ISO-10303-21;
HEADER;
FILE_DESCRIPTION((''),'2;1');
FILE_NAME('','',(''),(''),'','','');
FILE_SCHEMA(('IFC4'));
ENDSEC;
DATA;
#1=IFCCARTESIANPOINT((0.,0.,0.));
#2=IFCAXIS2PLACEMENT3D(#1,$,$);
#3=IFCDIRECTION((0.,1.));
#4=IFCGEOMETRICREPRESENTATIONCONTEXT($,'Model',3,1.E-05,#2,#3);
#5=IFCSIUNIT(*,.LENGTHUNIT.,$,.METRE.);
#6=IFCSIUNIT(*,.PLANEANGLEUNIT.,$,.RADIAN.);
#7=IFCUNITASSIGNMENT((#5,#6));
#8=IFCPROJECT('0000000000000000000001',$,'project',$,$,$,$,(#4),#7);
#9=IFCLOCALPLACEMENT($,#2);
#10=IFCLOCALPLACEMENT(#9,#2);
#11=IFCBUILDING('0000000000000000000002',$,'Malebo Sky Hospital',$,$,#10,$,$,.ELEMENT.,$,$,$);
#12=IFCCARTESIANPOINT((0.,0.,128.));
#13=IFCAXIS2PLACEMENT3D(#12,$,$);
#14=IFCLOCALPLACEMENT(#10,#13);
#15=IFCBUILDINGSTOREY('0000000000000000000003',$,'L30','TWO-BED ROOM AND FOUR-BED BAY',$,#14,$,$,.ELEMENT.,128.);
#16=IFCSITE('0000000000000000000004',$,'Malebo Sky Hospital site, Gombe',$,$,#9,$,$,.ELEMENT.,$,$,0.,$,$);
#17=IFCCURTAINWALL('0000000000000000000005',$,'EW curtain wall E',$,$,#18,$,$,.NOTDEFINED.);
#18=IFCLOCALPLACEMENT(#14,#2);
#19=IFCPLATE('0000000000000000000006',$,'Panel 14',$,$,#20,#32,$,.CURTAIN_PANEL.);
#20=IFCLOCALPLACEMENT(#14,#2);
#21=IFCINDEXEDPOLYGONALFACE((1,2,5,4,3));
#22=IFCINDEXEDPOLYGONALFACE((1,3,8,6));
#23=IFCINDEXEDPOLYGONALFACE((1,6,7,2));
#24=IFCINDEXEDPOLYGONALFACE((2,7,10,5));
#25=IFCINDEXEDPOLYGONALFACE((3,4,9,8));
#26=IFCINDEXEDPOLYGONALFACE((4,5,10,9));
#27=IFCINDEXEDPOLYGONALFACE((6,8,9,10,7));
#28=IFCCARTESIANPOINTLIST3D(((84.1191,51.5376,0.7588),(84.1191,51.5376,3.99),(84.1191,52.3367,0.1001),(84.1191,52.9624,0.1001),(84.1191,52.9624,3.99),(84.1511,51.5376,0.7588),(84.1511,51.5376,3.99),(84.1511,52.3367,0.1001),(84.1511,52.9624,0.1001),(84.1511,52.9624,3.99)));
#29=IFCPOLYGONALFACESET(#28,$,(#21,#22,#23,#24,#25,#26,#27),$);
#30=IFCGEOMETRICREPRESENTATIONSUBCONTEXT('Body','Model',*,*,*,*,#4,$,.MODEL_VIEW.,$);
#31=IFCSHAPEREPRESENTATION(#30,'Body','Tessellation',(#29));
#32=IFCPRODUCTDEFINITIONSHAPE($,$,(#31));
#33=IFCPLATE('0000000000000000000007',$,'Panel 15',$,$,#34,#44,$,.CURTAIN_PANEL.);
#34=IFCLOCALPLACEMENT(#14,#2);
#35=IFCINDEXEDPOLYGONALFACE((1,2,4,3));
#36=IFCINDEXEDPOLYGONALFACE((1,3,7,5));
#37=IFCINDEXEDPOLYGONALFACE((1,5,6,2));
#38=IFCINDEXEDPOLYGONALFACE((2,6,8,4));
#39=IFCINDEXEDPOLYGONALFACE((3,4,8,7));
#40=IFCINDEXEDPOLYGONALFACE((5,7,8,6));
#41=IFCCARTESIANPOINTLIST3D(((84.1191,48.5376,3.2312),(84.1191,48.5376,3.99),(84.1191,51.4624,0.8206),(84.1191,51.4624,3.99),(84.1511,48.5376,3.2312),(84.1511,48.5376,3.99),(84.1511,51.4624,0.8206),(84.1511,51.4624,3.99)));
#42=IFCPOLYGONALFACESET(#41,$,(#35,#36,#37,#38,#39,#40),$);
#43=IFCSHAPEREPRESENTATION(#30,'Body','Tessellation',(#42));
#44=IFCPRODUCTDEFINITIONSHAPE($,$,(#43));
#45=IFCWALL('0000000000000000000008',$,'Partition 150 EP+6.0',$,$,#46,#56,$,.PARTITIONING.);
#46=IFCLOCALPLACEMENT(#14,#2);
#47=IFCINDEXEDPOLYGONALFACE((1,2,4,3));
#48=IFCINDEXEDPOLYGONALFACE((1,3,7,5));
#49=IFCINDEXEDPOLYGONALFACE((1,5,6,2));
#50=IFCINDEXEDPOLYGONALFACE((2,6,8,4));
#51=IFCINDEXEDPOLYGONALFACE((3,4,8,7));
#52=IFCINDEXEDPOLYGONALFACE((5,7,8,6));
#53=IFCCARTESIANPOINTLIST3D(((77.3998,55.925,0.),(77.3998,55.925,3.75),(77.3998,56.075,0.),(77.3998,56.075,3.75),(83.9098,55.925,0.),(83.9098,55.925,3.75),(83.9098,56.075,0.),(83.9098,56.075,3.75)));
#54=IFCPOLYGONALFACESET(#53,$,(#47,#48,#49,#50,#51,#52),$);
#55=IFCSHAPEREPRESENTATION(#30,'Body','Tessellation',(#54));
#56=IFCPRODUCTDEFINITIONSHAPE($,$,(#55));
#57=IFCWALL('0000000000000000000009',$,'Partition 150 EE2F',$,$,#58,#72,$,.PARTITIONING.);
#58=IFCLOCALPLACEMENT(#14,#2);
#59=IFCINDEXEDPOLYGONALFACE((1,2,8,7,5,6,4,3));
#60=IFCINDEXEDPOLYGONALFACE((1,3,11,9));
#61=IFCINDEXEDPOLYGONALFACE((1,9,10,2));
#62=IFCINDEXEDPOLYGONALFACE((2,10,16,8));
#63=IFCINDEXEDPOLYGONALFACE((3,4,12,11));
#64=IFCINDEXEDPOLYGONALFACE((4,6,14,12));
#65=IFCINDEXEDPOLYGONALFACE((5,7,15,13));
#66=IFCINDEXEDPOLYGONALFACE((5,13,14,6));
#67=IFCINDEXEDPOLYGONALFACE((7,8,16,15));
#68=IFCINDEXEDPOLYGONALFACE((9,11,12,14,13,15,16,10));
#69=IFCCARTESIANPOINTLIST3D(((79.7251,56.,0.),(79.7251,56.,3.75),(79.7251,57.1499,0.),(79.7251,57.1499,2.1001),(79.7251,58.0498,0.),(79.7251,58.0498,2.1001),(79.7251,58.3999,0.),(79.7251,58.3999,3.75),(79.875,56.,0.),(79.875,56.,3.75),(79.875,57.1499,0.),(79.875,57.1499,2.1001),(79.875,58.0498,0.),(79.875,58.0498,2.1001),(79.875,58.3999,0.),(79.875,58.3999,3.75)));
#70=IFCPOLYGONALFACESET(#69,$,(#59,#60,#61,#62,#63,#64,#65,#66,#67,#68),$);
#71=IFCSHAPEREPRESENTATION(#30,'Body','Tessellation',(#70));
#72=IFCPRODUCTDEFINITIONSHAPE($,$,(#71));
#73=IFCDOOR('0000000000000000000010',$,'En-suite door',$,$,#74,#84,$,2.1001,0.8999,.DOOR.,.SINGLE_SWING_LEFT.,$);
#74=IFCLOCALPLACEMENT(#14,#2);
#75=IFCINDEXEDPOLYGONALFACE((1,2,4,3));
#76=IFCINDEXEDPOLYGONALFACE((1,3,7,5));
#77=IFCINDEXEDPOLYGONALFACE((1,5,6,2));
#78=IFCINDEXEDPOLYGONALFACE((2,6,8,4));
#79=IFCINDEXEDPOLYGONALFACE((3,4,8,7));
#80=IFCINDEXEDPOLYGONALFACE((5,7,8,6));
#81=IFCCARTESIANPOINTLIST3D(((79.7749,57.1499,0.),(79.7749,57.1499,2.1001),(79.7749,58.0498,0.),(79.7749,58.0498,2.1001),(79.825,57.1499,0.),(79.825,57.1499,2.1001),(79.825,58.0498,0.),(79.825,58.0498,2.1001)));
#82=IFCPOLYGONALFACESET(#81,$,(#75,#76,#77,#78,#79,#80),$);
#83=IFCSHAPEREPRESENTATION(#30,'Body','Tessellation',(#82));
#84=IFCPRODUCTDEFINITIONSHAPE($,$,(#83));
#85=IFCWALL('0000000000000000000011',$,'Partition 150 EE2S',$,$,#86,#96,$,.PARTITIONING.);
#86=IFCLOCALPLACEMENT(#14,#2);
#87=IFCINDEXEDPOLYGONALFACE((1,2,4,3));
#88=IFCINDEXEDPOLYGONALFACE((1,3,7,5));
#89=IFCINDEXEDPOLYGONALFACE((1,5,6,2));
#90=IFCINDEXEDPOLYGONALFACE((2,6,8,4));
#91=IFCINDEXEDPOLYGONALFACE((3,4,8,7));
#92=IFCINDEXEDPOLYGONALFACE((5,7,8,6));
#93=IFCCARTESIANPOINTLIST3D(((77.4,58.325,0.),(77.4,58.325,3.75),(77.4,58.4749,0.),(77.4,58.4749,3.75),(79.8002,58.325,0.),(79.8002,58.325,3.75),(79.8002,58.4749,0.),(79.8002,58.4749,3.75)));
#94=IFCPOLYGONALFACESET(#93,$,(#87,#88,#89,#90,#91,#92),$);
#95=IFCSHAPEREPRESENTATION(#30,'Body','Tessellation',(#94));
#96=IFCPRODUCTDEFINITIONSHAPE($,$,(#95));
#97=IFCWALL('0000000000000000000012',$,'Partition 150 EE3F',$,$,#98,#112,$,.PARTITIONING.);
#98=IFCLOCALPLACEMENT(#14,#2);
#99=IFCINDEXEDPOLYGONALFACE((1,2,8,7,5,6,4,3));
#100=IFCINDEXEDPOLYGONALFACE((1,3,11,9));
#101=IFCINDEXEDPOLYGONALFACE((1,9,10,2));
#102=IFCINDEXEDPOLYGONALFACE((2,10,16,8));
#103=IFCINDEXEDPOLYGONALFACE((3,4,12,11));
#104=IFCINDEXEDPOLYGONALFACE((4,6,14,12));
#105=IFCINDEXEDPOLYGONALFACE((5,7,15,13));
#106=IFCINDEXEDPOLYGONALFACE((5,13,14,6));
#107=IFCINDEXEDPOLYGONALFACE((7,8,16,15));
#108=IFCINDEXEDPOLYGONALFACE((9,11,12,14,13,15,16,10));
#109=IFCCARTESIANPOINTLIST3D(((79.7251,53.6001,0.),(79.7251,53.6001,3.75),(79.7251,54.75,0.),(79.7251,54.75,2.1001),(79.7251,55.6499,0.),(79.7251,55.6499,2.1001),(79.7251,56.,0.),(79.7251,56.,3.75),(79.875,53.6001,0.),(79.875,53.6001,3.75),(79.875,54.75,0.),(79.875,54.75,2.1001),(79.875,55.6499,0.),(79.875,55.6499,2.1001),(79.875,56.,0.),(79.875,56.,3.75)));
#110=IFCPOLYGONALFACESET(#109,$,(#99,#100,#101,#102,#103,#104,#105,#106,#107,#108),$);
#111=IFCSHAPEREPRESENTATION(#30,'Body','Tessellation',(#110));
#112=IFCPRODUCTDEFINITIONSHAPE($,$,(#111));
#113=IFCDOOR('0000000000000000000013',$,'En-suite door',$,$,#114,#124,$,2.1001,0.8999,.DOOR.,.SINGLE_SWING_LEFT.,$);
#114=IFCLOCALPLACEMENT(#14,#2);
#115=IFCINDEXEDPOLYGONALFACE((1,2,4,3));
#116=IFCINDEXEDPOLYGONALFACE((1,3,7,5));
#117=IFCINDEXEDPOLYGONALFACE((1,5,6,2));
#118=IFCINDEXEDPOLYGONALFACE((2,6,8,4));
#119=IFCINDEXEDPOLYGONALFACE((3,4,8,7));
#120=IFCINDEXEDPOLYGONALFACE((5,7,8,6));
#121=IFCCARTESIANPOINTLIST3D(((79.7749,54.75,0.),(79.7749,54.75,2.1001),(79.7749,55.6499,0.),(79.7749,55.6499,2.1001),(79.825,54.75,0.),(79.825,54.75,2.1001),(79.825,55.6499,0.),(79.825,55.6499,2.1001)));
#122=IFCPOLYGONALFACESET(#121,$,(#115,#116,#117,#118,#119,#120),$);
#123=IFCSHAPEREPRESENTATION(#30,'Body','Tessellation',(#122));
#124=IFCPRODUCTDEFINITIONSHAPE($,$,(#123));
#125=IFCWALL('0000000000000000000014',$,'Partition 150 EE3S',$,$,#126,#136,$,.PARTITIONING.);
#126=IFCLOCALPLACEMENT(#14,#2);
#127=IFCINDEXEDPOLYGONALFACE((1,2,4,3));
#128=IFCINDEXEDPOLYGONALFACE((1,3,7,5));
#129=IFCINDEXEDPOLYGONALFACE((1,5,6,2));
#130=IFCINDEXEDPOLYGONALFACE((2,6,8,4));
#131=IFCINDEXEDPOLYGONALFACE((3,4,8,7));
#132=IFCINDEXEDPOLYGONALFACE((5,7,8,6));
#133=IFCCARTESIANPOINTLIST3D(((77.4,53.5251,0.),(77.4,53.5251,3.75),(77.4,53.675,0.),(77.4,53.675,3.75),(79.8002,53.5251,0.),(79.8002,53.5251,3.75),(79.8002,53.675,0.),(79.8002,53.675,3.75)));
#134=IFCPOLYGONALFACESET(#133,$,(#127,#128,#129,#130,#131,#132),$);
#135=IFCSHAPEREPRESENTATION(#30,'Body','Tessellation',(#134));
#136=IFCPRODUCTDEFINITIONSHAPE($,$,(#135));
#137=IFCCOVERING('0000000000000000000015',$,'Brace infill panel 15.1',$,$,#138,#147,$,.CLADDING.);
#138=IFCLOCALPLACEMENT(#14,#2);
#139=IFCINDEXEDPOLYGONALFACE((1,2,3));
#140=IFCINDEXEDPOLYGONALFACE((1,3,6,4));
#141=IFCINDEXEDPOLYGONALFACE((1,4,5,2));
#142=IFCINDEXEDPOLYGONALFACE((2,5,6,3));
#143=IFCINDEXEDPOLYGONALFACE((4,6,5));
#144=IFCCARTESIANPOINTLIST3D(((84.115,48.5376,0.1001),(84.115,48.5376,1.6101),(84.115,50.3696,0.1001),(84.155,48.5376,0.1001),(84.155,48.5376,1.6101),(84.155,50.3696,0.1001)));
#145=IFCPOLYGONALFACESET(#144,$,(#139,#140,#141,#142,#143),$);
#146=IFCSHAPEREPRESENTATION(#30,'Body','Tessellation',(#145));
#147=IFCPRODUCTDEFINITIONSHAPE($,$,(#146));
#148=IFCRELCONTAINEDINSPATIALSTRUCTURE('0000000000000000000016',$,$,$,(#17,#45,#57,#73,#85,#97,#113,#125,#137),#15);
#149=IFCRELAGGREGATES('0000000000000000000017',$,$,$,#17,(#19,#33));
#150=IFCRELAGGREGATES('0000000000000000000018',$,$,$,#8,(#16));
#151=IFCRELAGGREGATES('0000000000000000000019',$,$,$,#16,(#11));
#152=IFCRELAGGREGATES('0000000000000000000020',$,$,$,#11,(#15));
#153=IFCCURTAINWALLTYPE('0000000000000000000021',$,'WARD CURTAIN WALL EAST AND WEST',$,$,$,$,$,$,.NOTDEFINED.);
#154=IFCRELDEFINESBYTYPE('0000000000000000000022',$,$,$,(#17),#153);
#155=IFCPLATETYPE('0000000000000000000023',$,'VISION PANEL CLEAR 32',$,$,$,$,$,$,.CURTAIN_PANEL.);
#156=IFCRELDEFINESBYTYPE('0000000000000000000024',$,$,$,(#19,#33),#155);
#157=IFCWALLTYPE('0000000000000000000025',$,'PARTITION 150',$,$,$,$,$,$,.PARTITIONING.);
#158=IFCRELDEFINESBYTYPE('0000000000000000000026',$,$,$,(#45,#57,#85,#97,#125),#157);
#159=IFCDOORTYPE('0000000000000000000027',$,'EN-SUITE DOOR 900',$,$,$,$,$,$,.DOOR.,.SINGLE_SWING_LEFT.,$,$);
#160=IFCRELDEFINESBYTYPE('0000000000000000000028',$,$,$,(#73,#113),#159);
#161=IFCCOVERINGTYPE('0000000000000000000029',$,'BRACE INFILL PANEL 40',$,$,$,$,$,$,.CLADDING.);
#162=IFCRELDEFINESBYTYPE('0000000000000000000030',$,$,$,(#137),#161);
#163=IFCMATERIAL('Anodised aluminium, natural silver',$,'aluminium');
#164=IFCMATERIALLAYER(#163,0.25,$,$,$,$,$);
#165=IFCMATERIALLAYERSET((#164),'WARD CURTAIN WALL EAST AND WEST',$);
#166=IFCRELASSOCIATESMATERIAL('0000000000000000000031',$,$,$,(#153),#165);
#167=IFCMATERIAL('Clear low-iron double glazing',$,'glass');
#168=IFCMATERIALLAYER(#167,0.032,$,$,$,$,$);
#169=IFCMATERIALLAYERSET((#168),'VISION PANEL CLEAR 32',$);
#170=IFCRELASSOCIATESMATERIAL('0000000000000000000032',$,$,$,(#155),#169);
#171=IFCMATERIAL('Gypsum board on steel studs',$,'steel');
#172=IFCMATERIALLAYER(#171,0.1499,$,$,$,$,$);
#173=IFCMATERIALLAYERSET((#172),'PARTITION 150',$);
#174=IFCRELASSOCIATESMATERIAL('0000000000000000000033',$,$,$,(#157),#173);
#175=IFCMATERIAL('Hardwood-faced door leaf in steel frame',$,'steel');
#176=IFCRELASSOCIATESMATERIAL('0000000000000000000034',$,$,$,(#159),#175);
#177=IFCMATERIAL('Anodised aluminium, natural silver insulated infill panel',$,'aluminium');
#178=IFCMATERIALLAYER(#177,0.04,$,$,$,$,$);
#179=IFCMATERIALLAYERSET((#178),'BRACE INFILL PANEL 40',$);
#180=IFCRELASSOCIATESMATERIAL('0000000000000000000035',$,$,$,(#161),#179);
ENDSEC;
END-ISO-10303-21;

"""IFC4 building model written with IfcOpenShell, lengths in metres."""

from ifc_helpers import new_model, si_unit, direction, frame, frame_2d, origin, place, context, subcontext, project, spatial, polyline, rectangle, outline, extrude, material, layer, layer_set, type_object, element, fill, aggregate, save


model = new_model("IFC4")

# Units and contexts
model_context = context("Model", 3, precision=1e-05, world=origin(), true_north=direction((0.0, 1.0)))
body_context = subcontext(model_context, "Body", "Model", "MODEL_VIEW")
ifc_project = project(units=[si_unit("LENGTHUNIT", "METRE"), si_unit("PLANEANGLEUNIT", "RADIAN")], contexts=[model_context])

# Site, building, storey
site_placement = place(None, origin())
site = spatial("IfcSite", under=ifc_project, at=site_placement, Name="Malebo Sky Hospital site, Gombe", CompositionType="ELEMENT", RefElevation=0.0)
building_placement = place(site_placement, origin())
building = spatial("IfcBuilding", under=site, at=building_placement, Name="Malebo Sky Hospital", CompositionType="ELEMENT")
storey_placement = place(building_placement, frame((0.0, 0.0, 128.0)))
storey = spatial("IfcBuildingStorey", under=building, at=storey_placement, Name="L30", Description="TWO-BED ROOM AND FOUR-BED BAY", CompositionType="ELEMENT", Elevation=128.0)

# Curtain wall
ifc_material_1 = material(Name="Anodised aluminium, natural silver", Category="aluminium")
ifc_layer_1 = layer(ifc_material_1, 0.25)
ifc_layer_set_1 = layer_set([ifc_layer_1], Name="WARD CURTAIN WALL EAST AND WEST")
curtain_wall_type = type_object("IfcCurtainWallType", Name="WARD CURTAIN WALL EAST AND WEST", PredefinedType="NOTDEFINED", material=ifc_layer_set_1)
curtain_wall_placement = place(storey_placement, origin())
curtain_wall = element("IfcCurtainWall", 1, at=curtain_wall_placement, inside=storey, type_object=curtain_wall_type, Name="EW curtain wall E", PredefinedType="NOTDEFINED")

# Plates
ifc_material_2 = material(Name="Clear low-iron double glazing", Category="glass")
ifc_layer_2 = layer(ifc_material_2, 0.032)
ifc_layer_set_2 = layer_set([ifc_layer_2], Name="VISION PANEL CLEAR 32")
plate_type = type_object("IfcPlateType", Name="VISION PANEL CLEAR 32", PredefinedType="CURTAIN_PANEL", material=ifc_layer_set_2)
plate_1_placement = place(storey_placement, frame((84.135, 52.25, 0.1001), z_axis=(0.0, 0.0, 1.0), x_axis=(0.0, -1.0, 0.0)))
plate_1 = element("IfcPlate", 2, at=plate_1_placement, type_object=plate_type, Name="Panel 14", PredefinedType="CURTAIN_PANEL", context=body_context, shape_type="SweptSolid", body=[
    extrude(outline(polyline([(-0.7124, 0.0), (-0.0867, 0.0), (0.7124, 0.6587), (0.7124, 3.8899), (-0.7124, 3.8899), (-0.7124, 0.0)])), frame((0.0, 0.0161, 0.0), z_axis=(0.0, -1.0, 0.0), x_axis=(1.0, 0.0, 0.0)), (0.0, 0.0, 1.0), 0.032),
])
plate_2_placement = place(storey_placement, frame((84.135, 50.0, 0.8206), z_axis=(0.0, 0.0, 1.0), x_axis=(0.0, -1.0, 0.0)))
plate_2 = element("IfcPlate", 3, at=plate_2_placement, type_object=plate_type, Name="Panel 15", PredefinedType="CURTAIN_PANEL", context=body_context, shape_type="SweptSolid", body=[
    extrude(outline(polyline([(-1.4624, 0.0), (1.4624, 2.4106), (1.4624, 3.1694), (-1.4624, 3.1694), (-1.4624, 0.0)])), frame((0.0, 0.0161, 0.0), z_axis=(0.0, -1.0, 0.0), x_axis=(1.0, 0.0, 0.0)), (0.0, 0.0, 1.0), 0.032),
])
aggregate(curtain_wall, [plate_1, plate_2])

# Wall
ifc_material_3 = material(Name="Gypsum board on steel studs", Category="steel")
ifc_layer_3 = layer(ifc_material_3, 0.1499)
ifc_layer_set_3 = layer_set([ifc_layer_3], Name="PARTITION 150")
wall_type = type_object("IfcWallType", Name="PARTITION 150", PredefinedType="PARTITIONING", material=ifc_layer_set_3)
wall_1_placement = place(storey_placement, frame((77.3999, 56.0, 0.0), z_axis=(0.0, 0.0, 1.0), x_axis=(1.0, 0.0, 0.0)))
element("IfcWall", 4, at=wall_1_placement, inside=storey, type_object=wall_type, Name="Partition 150 EP+6.0", PredefinedType="PARTITIONING", context=body_context, shape_type="SweptSolid", body=[
    extrude(rectangle(XDim=6.51, YDim=0.1499, at=frame_2d((3.2549, 0.0))), origin(), (0.0, 0.0, 1.0), 3.75),
])

# Wall, opening, door
wall_2_placement = place(storey_placement, frame((79.8, 58.3999, 0.0), z_axis=(0.0, 0.0, 1.0), x_axis=(0.0, -1.0, 0.0)))
wall_2 = element("IfcWall", 5, at=wall_2_placement, inside=storey, type_object=wall_type, Name="Partition 150 EE2F", PredefinedType="PARTITIONING", context=body_context, shape_type="SweptSolid", body=[
    extrude(rectangle(XDim=2.3999, YDim=0.1499, at=frame_2d((1.2, 0.0))), origin(), (0.0, 0.0, 1.0), 3.75),
])
opening_1_placement = place(wall_2_placement, frame((0.3501, 0.0, 0.0)))
opening_1 = element("IfcOpeningElement", 6, at=opening_1_placement, cuts=wall_2, PredefinedType="OPENING", context=body_context, shape_type="SweptSolid", body=[
    extrude(rectangle(XDim=0.8999, YDim=2.1001, at=frame_2d((0.45, 1.05))), frame((0.0, 0.085, 0.0), z_axis=(0.0, -1.0, 0.0), x_axis=(1.0, 0.0, 0.0)), (0.0, 0.0, 1.0), 0.1699),
])
ifc_material_4 = material(Name="Hardwood-faced door leaf in steel frame", Category="steel")
door_type = type_object("IfcDoorType", Name="EN-SUITE DOOR 900", OperationType="SINGLE_SWING_LEFT", PredefinedType="DOOR", material=ifc_material_4)
door_1_placement = place(opening_1_placement, origin())
door_1 = element("IfcDoor", 7, at=door_1_placement, inside=storey, type_object=door_type, Name="En-suite door", OperationType="SINGLE_SWING_LEFT", OverallHeight=2.1001, OverallWidth=0.8999, PredefinedType="DOOR", context=body_context, shape_type="SweptSolid", body=[
    extrude(rectangle(XDim=0.8999, YDim=2.1001, at=frame_2d((0.45, 1.05))), frame((0.0, 0.0249, 0.0), z_axis=(0.0, -1.0, 0.0), x_axis=(1.0, 0.0, 0.0)), (0.0, 0.0, 1.0), 0.05),
])
fill(opening_1, door_1)

# Wall
wall_3_placement = place(storey_placement, frame((77.3999, 58.3999, 0.0), z_axis=(0.0, 0.0, 1.0), x_axis=(1.0, 0.0, 0.0)))
element("IfcWall", 8, at=wall_3_placement, inside=storey, type_object=wall_type, Name="Partition 150 EE2S", PredefinedType="PARTITIONING", context=body_context, shape_type="SweptSolid", body=[
    extrude(rectangle(XDim=2.4001, YDim=0.1499, at=frame_2d((1.2002, 0.0))), origin(), (0.0, 0.0, 1.0), 3.75),
])

# Wall, opening, door
wall_4_placement = place(storey_placement, frame((79.8, 56.0, 0.0), z_axis=(0.0, 0.0, 1.0), x_axis=(0.0, -1.0, 0.0)))
wall_4 = element("IfcWall", 9, at=wall_4_placement, inside=storey, type_object=wall_type, Name="Partition 150 EE3F", PredefinedType="PARTITIONING", context=body_context, shape_type="SweptSolid", body=[
    extrude(rectangle(XDim=2.3999, YDim=0.1499, at=frame_2d((1.2, 0.0))), origin(), (0.0, 0.0, 1.0), 3.75),
])
opening_2_placement = place(wall_4_placement, frame((0.3501, 0.0, 0.0)))
opening_2 = element("IfcOpeningElement", 10, at=opening_2_placement, cuts=wall_4, PredefinedType="OPENING", context=body_context, shape_type="SweptSolid", body=[
    extrude(rectangle(XDim=0.8999, YDim=2.1001, at=frame_2d((0.45, 1.05))), frame((0.0, 0.085, 0.0), z_axis=(0.0, -1.0, 0.0), x_axis=(1.0, 0.0, 0.0)), (0.0, 0.0, 1.0), 0.1699),
])
door_2_placement = place(opening_2_placement, origin())
door_2 = element("IfcDoor", 11, at=door_2_placement, inside=storey, type_object=door_type, Name="En-suite door", OperationType="SINGLE_SWING_LEFT", OverallHeight=2.1001, OverallWidth=0.8999, PredefinedType="DOOR", context=body_context, shape_type="SweptSolid", body=[
    extrude(rectangle(XDim=0.8999, YDim=2.1001, at=frame_2d((0.45, 1.05))), frame((0.0, 0.0249, 0.0), z_axis=(0.0, -1.0, 0.0), x_axis=(1.0, 0.0, 0.0)), (0.0, 0.0, 1.0), 0.05),
])
fill(opening_2, door_2)

# Wall
wall_5_placement = place(storey_placement, frame((77.3999, 53.6001, 0.0), z_axis=(0.0, 0.0, 1.0), x_axis=(1.0, 0.0, 0.0)))
element("IfcWall", 12, at=wall_5_placement, inside=storey, type_object=wall_type, Name="Partition 150 EE3S", PredefinedType="PARTITIONING", context=body_context, shape_type="SweptSolid", body=[
    extrude(rectangle(XDim=2.4001, YDim=0.1499, at=frame_2d((1.2002, 0.0))), origin(), (0.0, 0.0, 1.0), 3.75),
])

# Covering
ifc_material_5 = material(Name="Anodised aluminium, natural silver insulated infill panel", Category="aluminium")
ifc_layer_4 = layer(ifc_material_5, 0.04)
ifc_layer_set_4 = layer_set([ifc_layer_4], Name="BRACE INFILL PANEL 40")
covering_type = type_object("IfcCoveringType", Name="BRACE INFILL PANEL 40", PredefinedType="CLADDING", material=ifc_layer_set_4)
covering_placement = place(storey_placement, frame((84.135, 49.4536, 0.1001), z_axis=(0.0, 0.0, 1.0), x_axis=(0.0, -1.0, 0.0)))
element("IfcCovering", 13, at=covering_placement, inside=storey, type_object=covering_type, Name="Brace infill panel 15.1", PredefinedType="CLADDING", context=body_context, shape_type="SweptSolid", body=[
    extrude(outline(polyline([(-0.916, 0.0), (0.916, 0.0), (0.916, 1.51), (-0.916, 0.0)])), frame((0.0, 0.02, 0.0), z_axis=(0.0, -1.0, 0.0), x_axis=(1.0, 0.0, 0.0)), (0.0, 0.0, 1.0), 0.04),
])

save(model, "model.ifc")
